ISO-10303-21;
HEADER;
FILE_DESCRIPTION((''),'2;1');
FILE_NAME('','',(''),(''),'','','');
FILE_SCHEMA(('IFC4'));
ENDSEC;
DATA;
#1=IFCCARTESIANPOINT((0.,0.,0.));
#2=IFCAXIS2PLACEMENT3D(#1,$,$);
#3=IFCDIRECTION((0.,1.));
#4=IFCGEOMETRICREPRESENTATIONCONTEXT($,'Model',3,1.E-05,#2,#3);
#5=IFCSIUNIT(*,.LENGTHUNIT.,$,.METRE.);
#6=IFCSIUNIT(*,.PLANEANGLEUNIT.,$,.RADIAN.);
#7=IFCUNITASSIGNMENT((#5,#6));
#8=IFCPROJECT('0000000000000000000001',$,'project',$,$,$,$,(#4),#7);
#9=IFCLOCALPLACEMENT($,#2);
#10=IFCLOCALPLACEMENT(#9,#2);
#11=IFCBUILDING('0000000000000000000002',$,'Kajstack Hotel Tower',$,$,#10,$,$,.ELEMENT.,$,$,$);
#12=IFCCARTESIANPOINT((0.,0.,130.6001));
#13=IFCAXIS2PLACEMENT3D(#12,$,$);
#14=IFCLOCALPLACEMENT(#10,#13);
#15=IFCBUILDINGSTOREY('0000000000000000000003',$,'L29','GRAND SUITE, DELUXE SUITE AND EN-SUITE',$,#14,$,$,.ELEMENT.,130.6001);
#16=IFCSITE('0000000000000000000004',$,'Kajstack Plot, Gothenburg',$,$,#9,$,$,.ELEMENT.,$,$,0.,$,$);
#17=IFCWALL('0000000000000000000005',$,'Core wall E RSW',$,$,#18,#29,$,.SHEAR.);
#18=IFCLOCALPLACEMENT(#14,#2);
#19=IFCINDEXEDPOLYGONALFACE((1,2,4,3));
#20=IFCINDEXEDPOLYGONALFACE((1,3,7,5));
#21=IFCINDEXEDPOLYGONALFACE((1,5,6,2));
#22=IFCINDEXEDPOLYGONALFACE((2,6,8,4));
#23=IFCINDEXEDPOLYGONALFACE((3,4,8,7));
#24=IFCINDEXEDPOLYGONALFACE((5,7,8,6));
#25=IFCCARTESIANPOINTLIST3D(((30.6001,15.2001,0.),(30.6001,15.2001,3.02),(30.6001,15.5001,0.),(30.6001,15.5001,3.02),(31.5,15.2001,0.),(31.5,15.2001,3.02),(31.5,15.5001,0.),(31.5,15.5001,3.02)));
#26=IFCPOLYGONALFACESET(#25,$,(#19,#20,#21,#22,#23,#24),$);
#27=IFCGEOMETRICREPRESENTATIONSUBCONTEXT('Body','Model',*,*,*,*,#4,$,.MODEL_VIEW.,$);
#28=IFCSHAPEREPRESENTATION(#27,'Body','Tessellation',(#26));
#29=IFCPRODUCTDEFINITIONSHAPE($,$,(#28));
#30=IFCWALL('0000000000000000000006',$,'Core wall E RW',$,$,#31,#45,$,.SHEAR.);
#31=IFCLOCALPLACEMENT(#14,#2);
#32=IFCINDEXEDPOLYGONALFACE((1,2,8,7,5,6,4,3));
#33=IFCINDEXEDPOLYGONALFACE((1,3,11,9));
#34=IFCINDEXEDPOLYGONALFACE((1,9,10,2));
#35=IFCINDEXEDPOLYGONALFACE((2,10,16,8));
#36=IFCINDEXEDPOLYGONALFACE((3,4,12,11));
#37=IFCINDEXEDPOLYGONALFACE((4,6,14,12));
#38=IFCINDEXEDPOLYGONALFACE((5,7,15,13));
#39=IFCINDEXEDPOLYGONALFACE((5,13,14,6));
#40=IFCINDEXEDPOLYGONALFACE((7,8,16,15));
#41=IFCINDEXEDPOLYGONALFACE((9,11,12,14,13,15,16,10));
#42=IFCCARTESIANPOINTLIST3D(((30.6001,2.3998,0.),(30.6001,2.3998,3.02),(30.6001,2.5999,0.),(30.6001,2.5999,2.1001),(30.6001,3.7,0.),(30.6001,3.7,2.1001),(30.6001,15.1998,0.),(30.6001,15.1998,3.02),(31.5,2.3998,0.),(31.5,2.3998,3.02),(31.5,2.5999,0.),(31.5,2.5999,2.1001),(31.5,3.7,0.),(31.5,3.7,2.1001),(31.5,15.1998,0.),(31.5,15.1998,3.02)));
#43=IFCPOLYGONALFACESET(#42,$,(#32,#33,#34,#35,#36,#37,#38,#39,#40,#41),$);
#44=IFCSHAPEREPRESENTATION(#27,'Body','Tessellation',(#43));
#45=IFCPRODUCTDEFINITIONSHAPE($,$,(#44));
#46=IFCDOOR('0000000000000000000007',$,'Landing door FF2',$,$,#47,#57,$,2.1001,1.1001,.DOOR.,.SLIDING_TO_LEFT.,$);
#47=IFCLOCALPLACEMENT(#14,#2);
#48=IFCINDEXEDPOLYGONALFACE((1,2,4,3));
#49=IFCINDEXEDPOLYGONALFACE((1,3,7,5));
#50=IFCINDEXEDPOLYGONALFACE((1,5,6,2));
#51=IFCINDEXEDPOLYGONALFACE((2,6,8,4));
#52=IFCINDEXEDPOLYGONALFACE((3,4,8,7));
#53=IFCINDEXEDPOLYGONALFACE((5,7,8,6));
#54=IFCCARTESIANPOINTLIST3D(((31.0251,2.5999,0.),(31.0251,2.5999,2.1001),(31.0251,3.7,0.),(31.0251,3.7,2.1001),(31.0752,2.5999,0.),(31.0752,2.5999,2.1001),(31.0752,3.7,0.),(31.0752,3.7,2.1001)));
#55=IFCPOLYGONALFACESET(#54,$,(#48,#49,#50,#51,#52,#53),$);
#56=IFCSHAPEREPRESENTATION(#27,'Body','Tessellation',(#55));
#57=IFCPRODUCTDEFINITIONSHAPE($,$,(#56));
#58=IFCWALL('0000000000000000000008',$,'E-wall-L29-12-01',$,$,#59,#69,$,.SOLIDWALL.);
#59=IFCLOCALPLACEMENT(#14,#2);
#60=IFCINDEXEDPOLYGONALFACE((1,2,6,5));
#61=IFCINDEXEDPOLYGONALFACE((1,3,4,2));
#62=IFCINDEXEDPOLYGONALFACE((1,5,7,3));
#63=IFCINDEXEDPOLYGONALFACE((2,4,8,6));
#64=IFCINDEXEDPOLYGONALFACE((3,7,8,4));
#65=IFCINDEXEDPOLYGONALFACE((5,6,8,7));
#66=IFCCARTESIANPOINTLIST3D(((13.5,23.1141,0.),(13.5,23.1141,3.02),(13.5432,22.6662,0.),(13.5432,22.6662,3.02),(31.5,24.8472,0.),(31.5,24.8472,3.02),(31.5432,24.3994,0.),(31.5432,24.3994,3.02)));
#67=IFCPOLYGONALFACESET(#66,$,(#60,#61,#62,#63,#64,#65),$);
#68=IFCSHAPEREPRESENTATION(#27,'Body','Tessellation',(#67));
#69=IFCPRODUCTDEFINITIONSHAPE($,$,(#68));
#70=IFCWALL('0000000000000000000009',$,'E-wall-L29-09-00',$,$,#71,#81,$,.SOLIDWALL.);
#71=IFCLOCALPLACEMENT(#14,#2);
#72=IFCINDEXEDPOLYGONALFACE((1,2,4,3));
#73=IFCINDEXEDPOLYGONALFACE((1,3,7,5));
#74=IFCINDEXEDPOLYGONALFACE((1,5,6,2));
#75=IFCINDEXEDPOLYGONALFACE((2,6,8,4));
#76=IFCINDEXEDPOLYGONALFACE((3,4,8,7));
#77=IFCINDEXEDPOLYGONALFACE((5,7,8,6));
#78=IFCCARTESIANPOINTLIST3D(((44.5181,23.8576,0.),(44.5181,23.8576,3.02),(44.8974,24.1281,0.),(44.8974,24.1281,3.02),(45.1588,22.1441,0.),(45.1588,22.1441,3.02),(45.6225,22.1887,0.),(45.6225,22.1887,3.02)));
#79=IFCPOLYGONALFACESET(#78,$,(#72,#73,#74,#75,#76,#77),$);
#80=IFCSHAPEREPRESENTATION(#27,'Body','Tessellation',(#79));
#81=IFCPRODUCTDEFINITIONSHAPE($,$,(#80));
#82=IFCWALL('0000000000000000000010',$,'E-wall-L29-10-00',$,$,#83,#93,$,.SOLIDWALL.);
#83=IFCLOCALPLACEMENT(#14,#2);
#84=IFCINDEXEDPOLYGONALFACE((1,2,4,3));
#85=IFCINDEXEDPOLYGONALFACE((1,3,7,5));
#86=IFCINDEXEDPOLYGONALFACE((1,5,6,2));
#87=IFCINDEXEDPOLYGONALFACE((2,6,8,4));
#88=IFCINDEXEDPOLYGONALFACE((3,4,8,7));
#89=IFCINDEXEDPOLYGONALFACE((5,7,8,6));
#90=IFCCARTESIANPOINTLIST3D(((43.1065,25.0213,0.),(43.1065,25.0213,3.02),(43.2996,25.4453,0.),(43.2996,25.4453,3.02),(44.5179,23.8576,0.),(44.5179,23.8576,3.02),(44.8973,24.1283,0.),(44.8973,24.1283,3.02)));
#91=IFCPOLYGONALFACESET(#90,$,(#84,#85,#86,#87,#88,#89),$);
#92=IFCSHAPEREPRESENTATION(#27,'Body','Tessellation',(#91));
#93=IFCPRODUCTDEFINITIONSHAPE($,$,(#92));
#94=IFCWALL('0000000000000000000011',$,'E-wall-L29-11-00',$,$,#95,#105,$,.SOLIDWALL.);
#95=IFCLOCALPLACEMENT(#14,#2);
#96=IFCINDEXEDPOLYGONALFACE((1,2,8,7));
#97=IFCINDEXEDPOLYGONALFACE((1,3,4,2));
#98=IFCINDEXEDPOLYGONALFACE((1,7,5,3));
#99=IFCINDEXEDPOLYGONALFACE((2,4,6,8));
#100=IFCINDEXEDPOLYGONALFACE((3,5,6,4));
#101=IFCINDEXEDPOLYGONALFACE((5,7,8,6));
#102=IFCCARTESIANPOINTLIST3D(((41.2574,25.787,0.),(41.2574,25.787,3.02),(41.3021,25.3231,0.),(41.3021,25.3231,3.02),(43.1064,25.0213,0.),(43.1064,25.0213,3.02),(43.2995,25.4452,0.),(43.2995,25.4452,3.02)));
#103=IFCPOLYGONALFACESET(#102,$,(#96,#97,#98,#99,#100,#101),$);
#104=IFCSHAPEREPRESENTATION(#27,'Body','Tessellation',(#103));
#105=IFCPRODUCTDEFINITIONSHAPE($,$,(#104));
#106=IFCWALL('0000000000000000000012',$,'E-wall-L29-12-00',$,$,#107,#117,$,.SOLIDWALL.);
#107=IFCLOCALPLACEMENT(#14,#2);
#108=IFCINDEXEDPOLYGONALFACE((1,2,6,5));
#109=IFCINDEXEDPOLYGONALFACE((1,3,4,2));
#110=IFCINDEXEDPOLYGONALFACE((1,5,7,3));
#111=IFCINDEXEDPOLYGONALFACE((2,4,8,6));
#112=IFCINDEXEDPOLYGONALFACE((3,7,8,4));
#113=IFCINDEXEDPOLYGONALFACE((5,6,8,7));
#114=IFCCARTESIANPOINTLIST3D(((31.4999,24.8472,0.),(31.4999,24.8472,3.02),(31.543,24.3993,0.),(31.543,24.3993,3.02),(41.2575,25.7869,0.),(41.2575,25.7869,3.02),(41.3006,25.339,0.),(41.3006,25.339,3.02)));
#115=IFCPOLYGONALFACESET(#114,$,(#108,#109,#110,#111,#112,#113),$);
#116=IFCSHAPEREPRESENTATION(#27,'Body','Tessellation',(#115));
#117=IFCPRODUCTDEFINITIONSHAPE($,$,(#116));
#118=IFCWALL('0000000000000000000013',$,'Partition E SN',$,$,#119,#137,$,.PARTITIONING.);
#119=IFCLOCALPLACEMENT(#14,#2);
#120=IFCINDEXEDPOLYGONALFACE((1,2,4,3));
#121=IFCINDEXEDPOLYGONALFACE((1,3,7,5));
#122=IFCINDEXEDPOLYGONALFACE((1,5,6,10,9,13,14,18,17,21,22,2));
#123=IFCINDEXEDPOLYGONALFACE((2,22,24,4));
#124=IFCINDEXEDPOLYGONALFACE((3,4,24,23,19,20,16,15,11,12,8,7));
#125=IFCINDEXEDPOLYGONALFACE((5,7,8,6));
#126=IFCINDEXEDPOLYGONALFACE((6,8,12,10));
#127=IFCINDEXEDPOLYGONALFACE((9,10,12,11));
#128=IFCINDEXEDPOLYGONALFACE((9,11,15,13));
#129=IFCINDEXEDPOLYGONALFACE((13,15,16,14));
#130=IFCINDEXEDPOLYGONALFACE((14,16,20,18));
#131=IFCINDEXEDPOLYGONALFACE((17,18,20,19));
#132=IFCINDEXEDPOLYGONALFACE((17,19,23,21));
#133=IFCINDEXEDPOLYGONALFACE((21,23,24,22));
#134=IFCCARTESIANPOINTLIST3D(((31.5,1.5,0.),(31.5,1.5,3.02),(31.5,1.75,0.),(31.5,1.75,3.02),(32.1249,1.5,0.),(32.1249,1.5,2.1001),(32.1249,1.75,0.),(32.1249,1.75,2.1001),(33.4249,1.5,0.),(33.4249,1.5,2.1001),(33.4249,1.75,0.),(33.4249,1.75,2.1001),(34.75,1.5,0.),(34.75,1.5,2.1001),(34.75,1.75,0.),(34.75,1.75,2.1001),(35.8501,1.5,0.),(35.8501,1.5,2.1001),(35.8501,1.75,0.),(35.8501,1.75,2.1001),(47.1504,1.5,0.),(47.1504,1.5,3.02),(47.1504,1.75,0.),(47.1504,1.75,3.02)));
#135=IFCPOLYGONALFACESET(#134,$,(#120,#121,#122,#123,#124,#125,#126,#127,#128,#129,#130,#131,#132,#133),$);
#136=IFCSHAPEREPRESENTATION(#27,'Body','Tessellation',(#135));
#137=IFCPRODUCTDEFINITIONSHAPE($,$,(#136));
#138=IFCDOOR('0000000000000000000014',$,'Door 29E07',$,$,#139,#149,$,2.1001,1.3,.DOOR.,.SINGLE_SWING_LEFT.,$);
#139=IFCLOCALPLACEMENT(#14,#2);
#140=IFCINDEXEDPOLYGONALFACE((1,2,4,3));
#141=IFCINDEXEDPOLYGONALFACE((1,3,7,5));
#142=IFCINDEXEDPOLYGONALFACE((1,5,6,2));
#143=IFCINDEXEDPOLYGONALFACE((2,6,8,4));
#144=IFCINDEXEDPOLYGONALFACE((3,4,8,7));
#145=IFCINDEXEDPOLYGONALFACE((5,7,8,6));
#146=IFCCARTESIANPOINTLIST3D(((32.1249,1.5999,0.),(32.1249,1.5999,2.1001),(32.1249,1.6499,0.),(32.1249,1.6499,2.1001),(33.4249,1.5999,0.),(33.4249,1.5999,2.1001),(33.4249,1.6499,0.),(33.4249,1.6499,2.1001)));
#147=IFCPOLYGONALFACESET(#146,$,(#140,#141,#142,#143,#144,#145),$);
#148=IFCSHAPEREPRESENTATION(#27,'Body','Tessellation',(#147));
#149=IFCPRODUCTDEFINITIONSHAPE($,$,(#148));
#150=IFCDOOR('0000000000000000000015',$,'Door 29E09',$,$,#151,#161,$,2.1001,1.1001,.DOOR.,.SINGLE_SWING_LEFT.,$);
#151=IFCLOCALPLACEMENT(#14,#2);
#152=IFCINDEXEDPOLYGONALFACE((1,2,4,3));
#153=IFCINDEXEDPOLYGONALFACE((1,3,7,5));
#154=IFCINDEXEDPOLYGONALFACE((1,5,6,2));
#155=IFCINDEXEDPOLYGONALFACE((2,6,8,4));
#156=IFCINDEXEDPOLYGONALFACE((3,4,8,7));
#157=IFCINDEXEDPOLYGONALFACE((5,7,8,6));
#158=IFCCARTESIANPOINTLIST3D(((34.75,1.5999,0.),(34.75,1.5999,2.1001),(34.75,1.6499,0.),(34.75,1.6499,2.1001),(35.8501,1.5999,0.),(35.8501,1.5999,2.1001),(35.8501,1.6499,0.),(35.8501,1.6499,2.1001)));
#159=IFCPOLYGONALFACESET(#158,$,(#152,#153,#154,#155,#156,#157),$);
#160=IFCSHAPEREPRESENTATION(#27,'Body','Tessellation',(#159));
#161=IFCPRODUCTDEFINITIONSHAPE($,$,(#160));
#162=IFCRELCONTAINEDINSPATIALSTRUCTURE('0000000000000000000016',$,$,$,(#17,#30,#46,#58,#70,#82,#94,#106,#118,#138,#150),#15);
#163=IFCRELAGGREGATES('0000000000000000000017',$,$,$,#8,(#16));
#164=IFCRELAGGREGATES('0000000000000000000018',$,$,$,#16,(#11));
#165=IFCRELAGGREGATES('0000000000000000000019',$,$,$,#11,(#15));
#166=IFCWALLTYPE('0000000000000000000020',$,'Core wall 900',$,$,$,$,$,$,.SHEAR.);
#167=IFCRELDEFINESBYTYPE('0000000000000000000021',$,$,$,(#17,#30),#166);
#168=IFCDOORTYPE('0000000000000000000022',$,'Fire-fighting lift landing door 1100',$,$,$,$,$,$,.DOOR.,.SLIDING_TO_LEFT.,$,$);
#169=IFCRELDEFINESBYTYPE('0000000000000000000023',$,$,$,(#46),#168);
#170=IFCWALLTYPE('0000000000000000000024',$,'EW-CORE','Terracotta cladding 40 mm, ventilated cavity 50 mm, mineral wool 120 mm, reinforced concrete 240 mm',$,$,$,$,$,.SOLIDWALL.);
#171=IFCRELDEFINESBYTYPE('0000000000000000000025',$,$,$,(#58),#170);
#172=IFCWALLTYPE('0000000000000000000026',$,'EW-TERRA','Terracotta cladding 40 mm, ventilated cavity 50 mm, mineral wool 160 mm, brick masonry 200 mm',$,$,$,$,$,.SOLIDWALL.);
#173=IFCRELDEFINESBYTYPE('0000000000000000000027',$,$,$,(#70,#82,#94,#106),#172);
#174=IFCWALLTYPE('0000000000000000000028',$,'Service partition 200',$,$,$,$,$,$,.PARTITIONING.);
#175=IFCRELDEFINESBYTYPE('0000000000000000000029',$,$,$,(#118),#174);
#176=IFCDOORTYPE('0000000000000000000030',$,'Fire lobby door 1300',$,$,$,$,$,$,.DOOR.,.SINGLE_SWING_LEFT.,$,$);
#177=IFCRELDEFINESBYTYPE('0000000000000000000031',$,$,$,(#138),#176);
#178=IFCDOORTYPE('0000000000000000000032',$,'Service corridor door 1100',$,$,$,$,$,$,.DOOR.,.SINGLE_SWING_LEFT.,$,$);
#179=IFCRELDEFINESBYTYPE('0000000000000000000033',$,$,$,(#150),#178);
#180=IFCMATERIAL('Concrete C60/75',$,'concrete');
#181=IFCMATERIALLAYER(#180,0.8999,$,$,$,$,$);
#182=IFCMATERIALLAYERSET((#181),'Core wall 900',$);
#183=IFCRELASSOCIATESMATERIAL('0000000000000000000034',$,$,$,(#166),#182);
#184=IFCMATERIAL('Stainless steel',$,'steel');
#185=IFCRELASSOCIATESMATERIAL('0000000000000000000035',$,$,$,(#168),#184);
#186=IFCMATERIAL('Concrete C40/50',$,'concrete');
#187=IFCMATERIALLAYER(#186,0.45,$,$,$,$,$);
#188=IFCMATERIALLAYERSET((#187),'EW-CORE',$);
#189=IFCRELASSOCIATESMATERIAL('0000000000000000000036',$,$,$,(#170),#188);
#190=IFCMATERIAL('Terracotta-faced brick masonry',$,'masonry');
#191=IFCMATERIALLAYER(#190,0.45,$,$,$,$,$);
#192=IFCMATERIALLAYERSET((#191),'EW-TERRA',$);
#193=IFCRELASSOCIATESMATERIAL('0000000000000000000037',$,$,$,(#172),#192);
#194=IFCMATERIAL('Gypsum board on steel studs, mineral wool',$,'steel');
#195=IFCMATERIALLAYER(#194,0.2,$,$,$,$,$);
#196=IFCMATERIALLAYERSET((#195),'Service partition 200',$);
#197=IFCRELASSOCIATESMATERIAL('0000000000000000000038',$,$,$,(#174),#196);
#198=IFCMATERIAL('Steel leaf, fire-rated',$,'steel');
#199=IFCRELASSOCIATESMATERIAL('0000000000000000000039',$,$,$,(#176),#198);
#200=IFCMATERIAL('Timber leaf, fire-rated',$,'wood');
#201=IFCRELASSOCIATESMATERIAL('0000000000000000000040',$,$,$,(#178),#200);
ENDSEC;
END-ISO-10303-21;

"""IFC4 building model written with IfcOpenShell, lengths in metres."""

from ifc_helpers import new_model, si_unit, direction, frame, frame_2d, origin, place, context, subcontext, project, spatial, polyline, rectangle, outline, extrude, material, layer, layer_set, type_object, element, fill, save


model = new_model("IFC4")

# Units and contexts
model_context = context("Model", 3, precision=1e-05, world=origin(), true_north=direction((0.0, 1.0)))
body_context = subcontext(model_context, "Body", "Model", "MODEL_VIEW")
ifc_project = project(units=[si_unit("LENGTHUNIT", "METRE"), si_unit("PLANEANGLEUNIT", "RADIAN")], contexts=[model_context])

# Site, building, storey
site_placement = place(None, origin())
site = spatial("IfcSite", under=ifc_project, at=site_placement, Name="Kajstack Plot, Gothenburg", CompositionType="ELEMENT", RefElevation=0.0)
building_placement = place(site_placement, origin())
building = spatial("IfcBuilding", under=site, at=building_placement, Name="Kajstack Hotel Tower", CompositionType="ELEMENT")
storey_placement = place(building_placement, frame((0.0, 0.0, 130.6001)))
storey = spatial("IfcBuildingStorey", under=building, at=storey_placement, Name="L29", Description="GRAND SUITE, DELUXE SUITE AND EN-SUITE", CompositionType="ELEMENT", Elevation=130.6001)

# Wall
ifc_material_1 = material(Name="Concrete C60/75", Category="concrete")
ifc_layer_1 = layer(ifc_material_1, 0.8999)
ifc_layer_set_1 = layer_set([ifc_layer_1], Name="Core wall 900")
wall_type_1 = type_object("IfcWallType", Name="Core wall 900", PredefinedType="SHEAR", material=ifc_layer_set_1)
wall_1_placement = place(storey_placement, frame((30.6001, 15.3501, 0.0), z_axis=(0.0, 0.0, 1.0), x_axis=(1.0, 0.0, 0.0)))
element("IfcWall", 1, at=wall_1_placement, inside=storey, type_object=wall_type_1, Name="Core wall E RSW", PredefinedType="SHEAR", context=body_context, shape_type="SweptSolid", body=[
    extrude(rectangle(XDim=0.8999, YDim=0.3, at=frame_2d((0.45, 0.0))), origin(), (0.0, 0.0, 1.0), 3.02),
])

# Wall, opening, door
wall_2_placement = place(storey_placement, frame((31.05, 2.3999, 0.0), z_axis=(0.0, 0.0, 1.0), x_axis=(0.0, 1.0, 0.0)))
wall_2 = element("IfcWall", 2, at=wall_2_placement, inside=storey, type_object=wall_type_1, Name="Core wall E RW", PredefinedType="SHEAR", context=body_context, shape_type="SweptSolid", body=[
    extrude(rectangle(XDim=12.8, YDim=0.8999, at=frame_2d((6.3999, 0.0))), origin(), (0.0, 0.0, 1.0), 3.02),
])
opening_1_placement = place(wall_2_placement, frame((0.2, 0.0, 0.0)))
opening_1 = element("IfcOpeningElement", 3, at=opening_1_placement, cuts=wall_2, PredefinedType="OPENING", context=body_context, shape_type="SweptSolid", body=[
    extrude(rectangle(XDim=1.1001, YDim=2.1001, at=frame_2d((0.55, 1.05))), frame((0.0, 0.46, 0.0), z_axis=(0.0, -1.0, 0.0), x_axis=(1.0, 0.0, 0.0)), (0.0, 0.0, 1.0), 0.9199),
])
ifc_material_2 = material(Name="Stainless steel", Category="steel")
door_type_1 = type_object("IfcDoorType", Name="Fire-fighting lift landing door 1100", OperationType="SLIDING_TO_LEFT", PredefinedType="DOOR", material=ifc_material_2)
door_1_placement = place(opening_1_placement, origin())
door_1 = element("IfcDoor", 4, at=door_1_placement, inside=storey, type_object=door_type_1, Name="Landing door FF2", OperationType="SLIDING_TO_LEFT", OverallHeight=2.1001, OverallWidth=1.1001, PredefinedType="DOOR", context=body_context, shape_type="SweptSolid", body=[
    extrude(rectangle(XDim=1.1001, YDim=2.1001, at=frame_2d((0.55, 1.05))), frame((0.0, 0.0249, 0.0), z_axis=(0.0, -1.0, 0.0), x_axis=(1.0, 0.0, 0.0)), (0.0, 0.0, 1.0), 0.05),
])
fill(opening_1, door_1)

# Walls
ifc_material_3 = material(Name="Concrete C40/50", Category="concrete")
ifc_layer_2 = layer(ifc_material_3, 0.45)
ifc_layer_set_2 = layer_set([ifc_layer_2], Name="EW-CORE")
wall_type_2 = type_object("IfcWallType", Name="EW-CORE", Description="Terracotta cladding 40 mm, ventilated cavity 50 mm, mineral wool 120 mm, reinforced concrete 240 mm", PredefinedType="SOLIDWALL", material=ifc_layer_set_2)
wall_3_placement = place(storey_placement, frame((31.5215, 24.6233, 0.0), z_axis=(0.0, 0.0, 1.0), x_axis=(-0.995396, -0.095843, 0.0)))
element("IfcWall", 5, at=wall_3_placement, inside=storey, type_object=wall_type_2, Name="E-wall-L29-12-01", PredefinedType="SOLIDWALL", context=body_context, shape_type="SweptSolid", body=[
    extrude(rectangle(XDim=18.0833, YDim=0.45, at=frame_2d((9.0415, 0.0))), origin(), (0.0, 0.0, 1.0), 3.02),
])
ifc_material_4 = material(Name="Terracotta-faced brick masonry", Category="masonry")
ifc_layer_3 = layer(ifc_material_4, 0.45)
ifc_layer_set_3 = layer_set([ifc_layer_3], Name="EW-TERRA")
wall_type_3 = type_object("IfcWallType", Name="EW-TERRA", Description="Terracotta cladding 40 mm, ventilated cavity 50 mm, mineral wool 160 mm, brick masonry 200 mm", PredefinedType="SOLIDWALL", material=ifc_layer_set_3)
wall_4_placement = place(storey_placement, frame((45.4116, 22.1099, 0.0), z_axis=(0.0, 0.0, 1.0), x_axis=(-0.350193, 0.936678, 0.0)))
element("IfcWall", 6, at=wall_4_placement, inside=storey, type_object=wall_type_3, Name="E-wall-L29-09-00", PredefinedType="SOLIDWALL", context=body_context, shape_type="SweptSolid", body=[
    extrude(outline(polyline([(0.0, -0.2251), (2.0706, -0.2251), (1.95, 0.2249), (0.1206, 0.2249), (0.0, -0.2251)])), origin(), (0.0, 0.0, 1.0), 3.02),
])
wall_5_placement = place(storey_placement, frame((44.7542, 23.9546, 0.0), z_axis=(0.0, 0.0, 1.0), x_axis=(-0.771651, 0.636046, 0.0)))
element("IfcWall", 7, at=wall_5_placement, inside=storey, type_object=wall_type_3, Name="E-wall-L29-10-00", PredefinedType="SOLIDWALL", context=body_context, shape_type="SweptSolid", body=[
    extrude(outline(polyline([(0.0, -0.2251), (2.0706, -0.2251), (1.95, 0.2249), (0.1206, 0.2251), (0.0, -0.2251)])), origin(), (0.0, 0.0, 1.0), 3.02),
])
wall_6_placement = place(storey_placement, frame((43.2625, 25.2234, 0.0), z_axis=(0.0, 0.0, 1.0), x_axis=(-0.986298, 0.164973, 0.0)))
element("IfcWall", 8, at=wall_6_placement, inside=storey, type_object=wall_type_3, Name="E-wall-L29-11-00", PredefinedType="SOLIDWALL", context=body_context, shape_type="SweptSolid", body=[
    extrude(outline(polyline([(0.0, -0.2249), (2.0706, -0.2251), (1.95, 0.2251), (0.1206, 0.2251), (0.0, -0.2249)])), origin(), (0.0, 0.0, 1.0), 3.02),
])
wall_7_placement = place(storey_placement, frame((41.2791, 25.563, 0.0), z_axis=(0.0, 0.0, 1.0), x_axis=(-0.995395, -0.095861, 0.0)))
element("IfcWall", 9, at=wall_7_placement, inside=storey, type_object=wall_type_3, Name="E-wall-L29-12-00", PredefinedType="SOLIDWALL", context=body_context, shape_type="SweptSolid", body=[
    extrude(rectangle(XDim=9.8027, YDim=0.45, at=frame_2d((4.9014, 0.0))), origin(), (0.0, 0.0, 1.0), 3.02),
])

# Wall, openings, doors
ifc_material_5 = material(Name="Gypsum board on steel studs, mineral wool", Category="steel")
ifc_layer_4 = layer(ifc_material_5, 0.2)
ifc_layer_set_4 = layer_set([ifc_layer_4], Name="Service partition 200")
wall_type_4 = type_object("IfcWallType", Name="Service partition 200", PredefinedType="PARTITIONING", material=ifc_layer_set_4)
wall_8_placement = place(storey_placement, frame((31.5, 1.625, 0.0), z_axis=(0.0, 0.0, 1.0), x_axis=(1.0, 0.0, 0.0)))
wall_8 = element("IfcWall", 10, at=wall_8_placement, inside=storey, type_object=wall_type_4, Name="Partition E SN", PredefinedType="PARTITIONING", context=body_context, shape_type="SweptSolid", body=[
    extrude(rectangle(XDim=15.6504, YDim=0.25, at=frame_2d((7.8252, 0.0))), origin(), (0.0, 0.0, 1.0), 3.02),
])
opening_2_placement = place(wall_8_placement, frame((0.625, 0.0, 0.0)))
opening_2 = element("IfcOpeningElement", 11, at=opening_2_placement, cuts=wall_8, PredefinedType="OPENING", context=body_context, shape_type="SweptSolid", body=[
    extrude(rectangle(XDim=1.3, YDim=2.1001, at=frame_2d((0.6499, 1.05))), frame((0.0, 0.135, 0.0), z_axis=(0.0, -1.0, 0.0), x_axis=(1.0, 0.0, 0.0)), (0.0, 0.0, 1.0), 0.27),
])
opening_3_placement = place(wall_8_placement, frame((3.25, 0.0, 0.0)))
opening_3 = element("IfcOpeningElement", 12, at=opening_3_placement, cuts=wall_8, PredefinedType="OPENING", context=body_context, shape_type="SweptSolid", body=[
    extrude(rectangle(XDim=1.1001, YDim=2.1001, at=frame_2d((0.55, 1.05))), frame((0.0, 0.135, 0.0), z_axis=(0.0, -1.0, 0.0), x_axis=(1.0, 0.0, 0.0)), (0.0, 0.0, 1.0), 0.27),
])
ifc_material_6 = material(Name="Steel leaf, fire-rated", Category="steel")
door_type_2 = type_object("IfcDoorType", Name="Fire lobby door 1300", OperationType="SINGLE_SWING_LEFT", PredefinedType="DOOR", material=ifc_material_6)
door_2_placement = place(opening_2_placement, origin())
door_2 = element("IfcDoor", 13, at=door_2_placement, inside=storey, type_object=door_type_2, Name="Door 29E07", OperationType="SINGLE_SWING_LEFT", OverallHeight=2.1001, OverallWidth=1.3, PredefinedType="DOOR", context=body_context, shape_type="SweptSolid", body=[
    extrude(rectangle(XDim=1.3, YDim=2.1001, at=frame_2d((0.6499, 1.05))), frame((0.0, 0.0249, 0.0), z_axis=(0.0, -1.0, 0.0), x_axis=(1.0, 0.0, 0.0)), (0.0, 0.0, 1.0), 0.05),
])
fill(opening_2, door_2)
ifc_material_7 = material(Name="Timber leaf, fire-rated", Category="wood")
door_type_3 = type_object("IfcDoorType", Name="Service corridor door 1100", OperationType="SINGLE_SWING_LEFT", PredefinedType="DOOR", material=ifc_material_7)
door_3_placement = place(opening_3_placement, origin())
door_3 = element("IfcDoor", 14, at=door_3_placement, inside=storey, type_object=door_type_3, Name="Door 29E09", OperationType="SINGLE_SWING_LEFT", OverallHeight=2.1001, OverallWidth=1.1001, PredefinedType="DOOR", context=body_context, shape_type="SweptSolid", body=[
    extrude(rectangle(XDim=1.1001, YDim=2.1001, at=frame_2d((0.55, 1.05))), frame((0.0, 0.0249, 0.0), z_axis=(0.0, -1.0, 0.0), x_axis=(1.0, 0.0, 0.0)), (0.0, 0.0, 1.0), 0.05),
])
fill(opening_3, door_3)

save(model, "model.ifc")
